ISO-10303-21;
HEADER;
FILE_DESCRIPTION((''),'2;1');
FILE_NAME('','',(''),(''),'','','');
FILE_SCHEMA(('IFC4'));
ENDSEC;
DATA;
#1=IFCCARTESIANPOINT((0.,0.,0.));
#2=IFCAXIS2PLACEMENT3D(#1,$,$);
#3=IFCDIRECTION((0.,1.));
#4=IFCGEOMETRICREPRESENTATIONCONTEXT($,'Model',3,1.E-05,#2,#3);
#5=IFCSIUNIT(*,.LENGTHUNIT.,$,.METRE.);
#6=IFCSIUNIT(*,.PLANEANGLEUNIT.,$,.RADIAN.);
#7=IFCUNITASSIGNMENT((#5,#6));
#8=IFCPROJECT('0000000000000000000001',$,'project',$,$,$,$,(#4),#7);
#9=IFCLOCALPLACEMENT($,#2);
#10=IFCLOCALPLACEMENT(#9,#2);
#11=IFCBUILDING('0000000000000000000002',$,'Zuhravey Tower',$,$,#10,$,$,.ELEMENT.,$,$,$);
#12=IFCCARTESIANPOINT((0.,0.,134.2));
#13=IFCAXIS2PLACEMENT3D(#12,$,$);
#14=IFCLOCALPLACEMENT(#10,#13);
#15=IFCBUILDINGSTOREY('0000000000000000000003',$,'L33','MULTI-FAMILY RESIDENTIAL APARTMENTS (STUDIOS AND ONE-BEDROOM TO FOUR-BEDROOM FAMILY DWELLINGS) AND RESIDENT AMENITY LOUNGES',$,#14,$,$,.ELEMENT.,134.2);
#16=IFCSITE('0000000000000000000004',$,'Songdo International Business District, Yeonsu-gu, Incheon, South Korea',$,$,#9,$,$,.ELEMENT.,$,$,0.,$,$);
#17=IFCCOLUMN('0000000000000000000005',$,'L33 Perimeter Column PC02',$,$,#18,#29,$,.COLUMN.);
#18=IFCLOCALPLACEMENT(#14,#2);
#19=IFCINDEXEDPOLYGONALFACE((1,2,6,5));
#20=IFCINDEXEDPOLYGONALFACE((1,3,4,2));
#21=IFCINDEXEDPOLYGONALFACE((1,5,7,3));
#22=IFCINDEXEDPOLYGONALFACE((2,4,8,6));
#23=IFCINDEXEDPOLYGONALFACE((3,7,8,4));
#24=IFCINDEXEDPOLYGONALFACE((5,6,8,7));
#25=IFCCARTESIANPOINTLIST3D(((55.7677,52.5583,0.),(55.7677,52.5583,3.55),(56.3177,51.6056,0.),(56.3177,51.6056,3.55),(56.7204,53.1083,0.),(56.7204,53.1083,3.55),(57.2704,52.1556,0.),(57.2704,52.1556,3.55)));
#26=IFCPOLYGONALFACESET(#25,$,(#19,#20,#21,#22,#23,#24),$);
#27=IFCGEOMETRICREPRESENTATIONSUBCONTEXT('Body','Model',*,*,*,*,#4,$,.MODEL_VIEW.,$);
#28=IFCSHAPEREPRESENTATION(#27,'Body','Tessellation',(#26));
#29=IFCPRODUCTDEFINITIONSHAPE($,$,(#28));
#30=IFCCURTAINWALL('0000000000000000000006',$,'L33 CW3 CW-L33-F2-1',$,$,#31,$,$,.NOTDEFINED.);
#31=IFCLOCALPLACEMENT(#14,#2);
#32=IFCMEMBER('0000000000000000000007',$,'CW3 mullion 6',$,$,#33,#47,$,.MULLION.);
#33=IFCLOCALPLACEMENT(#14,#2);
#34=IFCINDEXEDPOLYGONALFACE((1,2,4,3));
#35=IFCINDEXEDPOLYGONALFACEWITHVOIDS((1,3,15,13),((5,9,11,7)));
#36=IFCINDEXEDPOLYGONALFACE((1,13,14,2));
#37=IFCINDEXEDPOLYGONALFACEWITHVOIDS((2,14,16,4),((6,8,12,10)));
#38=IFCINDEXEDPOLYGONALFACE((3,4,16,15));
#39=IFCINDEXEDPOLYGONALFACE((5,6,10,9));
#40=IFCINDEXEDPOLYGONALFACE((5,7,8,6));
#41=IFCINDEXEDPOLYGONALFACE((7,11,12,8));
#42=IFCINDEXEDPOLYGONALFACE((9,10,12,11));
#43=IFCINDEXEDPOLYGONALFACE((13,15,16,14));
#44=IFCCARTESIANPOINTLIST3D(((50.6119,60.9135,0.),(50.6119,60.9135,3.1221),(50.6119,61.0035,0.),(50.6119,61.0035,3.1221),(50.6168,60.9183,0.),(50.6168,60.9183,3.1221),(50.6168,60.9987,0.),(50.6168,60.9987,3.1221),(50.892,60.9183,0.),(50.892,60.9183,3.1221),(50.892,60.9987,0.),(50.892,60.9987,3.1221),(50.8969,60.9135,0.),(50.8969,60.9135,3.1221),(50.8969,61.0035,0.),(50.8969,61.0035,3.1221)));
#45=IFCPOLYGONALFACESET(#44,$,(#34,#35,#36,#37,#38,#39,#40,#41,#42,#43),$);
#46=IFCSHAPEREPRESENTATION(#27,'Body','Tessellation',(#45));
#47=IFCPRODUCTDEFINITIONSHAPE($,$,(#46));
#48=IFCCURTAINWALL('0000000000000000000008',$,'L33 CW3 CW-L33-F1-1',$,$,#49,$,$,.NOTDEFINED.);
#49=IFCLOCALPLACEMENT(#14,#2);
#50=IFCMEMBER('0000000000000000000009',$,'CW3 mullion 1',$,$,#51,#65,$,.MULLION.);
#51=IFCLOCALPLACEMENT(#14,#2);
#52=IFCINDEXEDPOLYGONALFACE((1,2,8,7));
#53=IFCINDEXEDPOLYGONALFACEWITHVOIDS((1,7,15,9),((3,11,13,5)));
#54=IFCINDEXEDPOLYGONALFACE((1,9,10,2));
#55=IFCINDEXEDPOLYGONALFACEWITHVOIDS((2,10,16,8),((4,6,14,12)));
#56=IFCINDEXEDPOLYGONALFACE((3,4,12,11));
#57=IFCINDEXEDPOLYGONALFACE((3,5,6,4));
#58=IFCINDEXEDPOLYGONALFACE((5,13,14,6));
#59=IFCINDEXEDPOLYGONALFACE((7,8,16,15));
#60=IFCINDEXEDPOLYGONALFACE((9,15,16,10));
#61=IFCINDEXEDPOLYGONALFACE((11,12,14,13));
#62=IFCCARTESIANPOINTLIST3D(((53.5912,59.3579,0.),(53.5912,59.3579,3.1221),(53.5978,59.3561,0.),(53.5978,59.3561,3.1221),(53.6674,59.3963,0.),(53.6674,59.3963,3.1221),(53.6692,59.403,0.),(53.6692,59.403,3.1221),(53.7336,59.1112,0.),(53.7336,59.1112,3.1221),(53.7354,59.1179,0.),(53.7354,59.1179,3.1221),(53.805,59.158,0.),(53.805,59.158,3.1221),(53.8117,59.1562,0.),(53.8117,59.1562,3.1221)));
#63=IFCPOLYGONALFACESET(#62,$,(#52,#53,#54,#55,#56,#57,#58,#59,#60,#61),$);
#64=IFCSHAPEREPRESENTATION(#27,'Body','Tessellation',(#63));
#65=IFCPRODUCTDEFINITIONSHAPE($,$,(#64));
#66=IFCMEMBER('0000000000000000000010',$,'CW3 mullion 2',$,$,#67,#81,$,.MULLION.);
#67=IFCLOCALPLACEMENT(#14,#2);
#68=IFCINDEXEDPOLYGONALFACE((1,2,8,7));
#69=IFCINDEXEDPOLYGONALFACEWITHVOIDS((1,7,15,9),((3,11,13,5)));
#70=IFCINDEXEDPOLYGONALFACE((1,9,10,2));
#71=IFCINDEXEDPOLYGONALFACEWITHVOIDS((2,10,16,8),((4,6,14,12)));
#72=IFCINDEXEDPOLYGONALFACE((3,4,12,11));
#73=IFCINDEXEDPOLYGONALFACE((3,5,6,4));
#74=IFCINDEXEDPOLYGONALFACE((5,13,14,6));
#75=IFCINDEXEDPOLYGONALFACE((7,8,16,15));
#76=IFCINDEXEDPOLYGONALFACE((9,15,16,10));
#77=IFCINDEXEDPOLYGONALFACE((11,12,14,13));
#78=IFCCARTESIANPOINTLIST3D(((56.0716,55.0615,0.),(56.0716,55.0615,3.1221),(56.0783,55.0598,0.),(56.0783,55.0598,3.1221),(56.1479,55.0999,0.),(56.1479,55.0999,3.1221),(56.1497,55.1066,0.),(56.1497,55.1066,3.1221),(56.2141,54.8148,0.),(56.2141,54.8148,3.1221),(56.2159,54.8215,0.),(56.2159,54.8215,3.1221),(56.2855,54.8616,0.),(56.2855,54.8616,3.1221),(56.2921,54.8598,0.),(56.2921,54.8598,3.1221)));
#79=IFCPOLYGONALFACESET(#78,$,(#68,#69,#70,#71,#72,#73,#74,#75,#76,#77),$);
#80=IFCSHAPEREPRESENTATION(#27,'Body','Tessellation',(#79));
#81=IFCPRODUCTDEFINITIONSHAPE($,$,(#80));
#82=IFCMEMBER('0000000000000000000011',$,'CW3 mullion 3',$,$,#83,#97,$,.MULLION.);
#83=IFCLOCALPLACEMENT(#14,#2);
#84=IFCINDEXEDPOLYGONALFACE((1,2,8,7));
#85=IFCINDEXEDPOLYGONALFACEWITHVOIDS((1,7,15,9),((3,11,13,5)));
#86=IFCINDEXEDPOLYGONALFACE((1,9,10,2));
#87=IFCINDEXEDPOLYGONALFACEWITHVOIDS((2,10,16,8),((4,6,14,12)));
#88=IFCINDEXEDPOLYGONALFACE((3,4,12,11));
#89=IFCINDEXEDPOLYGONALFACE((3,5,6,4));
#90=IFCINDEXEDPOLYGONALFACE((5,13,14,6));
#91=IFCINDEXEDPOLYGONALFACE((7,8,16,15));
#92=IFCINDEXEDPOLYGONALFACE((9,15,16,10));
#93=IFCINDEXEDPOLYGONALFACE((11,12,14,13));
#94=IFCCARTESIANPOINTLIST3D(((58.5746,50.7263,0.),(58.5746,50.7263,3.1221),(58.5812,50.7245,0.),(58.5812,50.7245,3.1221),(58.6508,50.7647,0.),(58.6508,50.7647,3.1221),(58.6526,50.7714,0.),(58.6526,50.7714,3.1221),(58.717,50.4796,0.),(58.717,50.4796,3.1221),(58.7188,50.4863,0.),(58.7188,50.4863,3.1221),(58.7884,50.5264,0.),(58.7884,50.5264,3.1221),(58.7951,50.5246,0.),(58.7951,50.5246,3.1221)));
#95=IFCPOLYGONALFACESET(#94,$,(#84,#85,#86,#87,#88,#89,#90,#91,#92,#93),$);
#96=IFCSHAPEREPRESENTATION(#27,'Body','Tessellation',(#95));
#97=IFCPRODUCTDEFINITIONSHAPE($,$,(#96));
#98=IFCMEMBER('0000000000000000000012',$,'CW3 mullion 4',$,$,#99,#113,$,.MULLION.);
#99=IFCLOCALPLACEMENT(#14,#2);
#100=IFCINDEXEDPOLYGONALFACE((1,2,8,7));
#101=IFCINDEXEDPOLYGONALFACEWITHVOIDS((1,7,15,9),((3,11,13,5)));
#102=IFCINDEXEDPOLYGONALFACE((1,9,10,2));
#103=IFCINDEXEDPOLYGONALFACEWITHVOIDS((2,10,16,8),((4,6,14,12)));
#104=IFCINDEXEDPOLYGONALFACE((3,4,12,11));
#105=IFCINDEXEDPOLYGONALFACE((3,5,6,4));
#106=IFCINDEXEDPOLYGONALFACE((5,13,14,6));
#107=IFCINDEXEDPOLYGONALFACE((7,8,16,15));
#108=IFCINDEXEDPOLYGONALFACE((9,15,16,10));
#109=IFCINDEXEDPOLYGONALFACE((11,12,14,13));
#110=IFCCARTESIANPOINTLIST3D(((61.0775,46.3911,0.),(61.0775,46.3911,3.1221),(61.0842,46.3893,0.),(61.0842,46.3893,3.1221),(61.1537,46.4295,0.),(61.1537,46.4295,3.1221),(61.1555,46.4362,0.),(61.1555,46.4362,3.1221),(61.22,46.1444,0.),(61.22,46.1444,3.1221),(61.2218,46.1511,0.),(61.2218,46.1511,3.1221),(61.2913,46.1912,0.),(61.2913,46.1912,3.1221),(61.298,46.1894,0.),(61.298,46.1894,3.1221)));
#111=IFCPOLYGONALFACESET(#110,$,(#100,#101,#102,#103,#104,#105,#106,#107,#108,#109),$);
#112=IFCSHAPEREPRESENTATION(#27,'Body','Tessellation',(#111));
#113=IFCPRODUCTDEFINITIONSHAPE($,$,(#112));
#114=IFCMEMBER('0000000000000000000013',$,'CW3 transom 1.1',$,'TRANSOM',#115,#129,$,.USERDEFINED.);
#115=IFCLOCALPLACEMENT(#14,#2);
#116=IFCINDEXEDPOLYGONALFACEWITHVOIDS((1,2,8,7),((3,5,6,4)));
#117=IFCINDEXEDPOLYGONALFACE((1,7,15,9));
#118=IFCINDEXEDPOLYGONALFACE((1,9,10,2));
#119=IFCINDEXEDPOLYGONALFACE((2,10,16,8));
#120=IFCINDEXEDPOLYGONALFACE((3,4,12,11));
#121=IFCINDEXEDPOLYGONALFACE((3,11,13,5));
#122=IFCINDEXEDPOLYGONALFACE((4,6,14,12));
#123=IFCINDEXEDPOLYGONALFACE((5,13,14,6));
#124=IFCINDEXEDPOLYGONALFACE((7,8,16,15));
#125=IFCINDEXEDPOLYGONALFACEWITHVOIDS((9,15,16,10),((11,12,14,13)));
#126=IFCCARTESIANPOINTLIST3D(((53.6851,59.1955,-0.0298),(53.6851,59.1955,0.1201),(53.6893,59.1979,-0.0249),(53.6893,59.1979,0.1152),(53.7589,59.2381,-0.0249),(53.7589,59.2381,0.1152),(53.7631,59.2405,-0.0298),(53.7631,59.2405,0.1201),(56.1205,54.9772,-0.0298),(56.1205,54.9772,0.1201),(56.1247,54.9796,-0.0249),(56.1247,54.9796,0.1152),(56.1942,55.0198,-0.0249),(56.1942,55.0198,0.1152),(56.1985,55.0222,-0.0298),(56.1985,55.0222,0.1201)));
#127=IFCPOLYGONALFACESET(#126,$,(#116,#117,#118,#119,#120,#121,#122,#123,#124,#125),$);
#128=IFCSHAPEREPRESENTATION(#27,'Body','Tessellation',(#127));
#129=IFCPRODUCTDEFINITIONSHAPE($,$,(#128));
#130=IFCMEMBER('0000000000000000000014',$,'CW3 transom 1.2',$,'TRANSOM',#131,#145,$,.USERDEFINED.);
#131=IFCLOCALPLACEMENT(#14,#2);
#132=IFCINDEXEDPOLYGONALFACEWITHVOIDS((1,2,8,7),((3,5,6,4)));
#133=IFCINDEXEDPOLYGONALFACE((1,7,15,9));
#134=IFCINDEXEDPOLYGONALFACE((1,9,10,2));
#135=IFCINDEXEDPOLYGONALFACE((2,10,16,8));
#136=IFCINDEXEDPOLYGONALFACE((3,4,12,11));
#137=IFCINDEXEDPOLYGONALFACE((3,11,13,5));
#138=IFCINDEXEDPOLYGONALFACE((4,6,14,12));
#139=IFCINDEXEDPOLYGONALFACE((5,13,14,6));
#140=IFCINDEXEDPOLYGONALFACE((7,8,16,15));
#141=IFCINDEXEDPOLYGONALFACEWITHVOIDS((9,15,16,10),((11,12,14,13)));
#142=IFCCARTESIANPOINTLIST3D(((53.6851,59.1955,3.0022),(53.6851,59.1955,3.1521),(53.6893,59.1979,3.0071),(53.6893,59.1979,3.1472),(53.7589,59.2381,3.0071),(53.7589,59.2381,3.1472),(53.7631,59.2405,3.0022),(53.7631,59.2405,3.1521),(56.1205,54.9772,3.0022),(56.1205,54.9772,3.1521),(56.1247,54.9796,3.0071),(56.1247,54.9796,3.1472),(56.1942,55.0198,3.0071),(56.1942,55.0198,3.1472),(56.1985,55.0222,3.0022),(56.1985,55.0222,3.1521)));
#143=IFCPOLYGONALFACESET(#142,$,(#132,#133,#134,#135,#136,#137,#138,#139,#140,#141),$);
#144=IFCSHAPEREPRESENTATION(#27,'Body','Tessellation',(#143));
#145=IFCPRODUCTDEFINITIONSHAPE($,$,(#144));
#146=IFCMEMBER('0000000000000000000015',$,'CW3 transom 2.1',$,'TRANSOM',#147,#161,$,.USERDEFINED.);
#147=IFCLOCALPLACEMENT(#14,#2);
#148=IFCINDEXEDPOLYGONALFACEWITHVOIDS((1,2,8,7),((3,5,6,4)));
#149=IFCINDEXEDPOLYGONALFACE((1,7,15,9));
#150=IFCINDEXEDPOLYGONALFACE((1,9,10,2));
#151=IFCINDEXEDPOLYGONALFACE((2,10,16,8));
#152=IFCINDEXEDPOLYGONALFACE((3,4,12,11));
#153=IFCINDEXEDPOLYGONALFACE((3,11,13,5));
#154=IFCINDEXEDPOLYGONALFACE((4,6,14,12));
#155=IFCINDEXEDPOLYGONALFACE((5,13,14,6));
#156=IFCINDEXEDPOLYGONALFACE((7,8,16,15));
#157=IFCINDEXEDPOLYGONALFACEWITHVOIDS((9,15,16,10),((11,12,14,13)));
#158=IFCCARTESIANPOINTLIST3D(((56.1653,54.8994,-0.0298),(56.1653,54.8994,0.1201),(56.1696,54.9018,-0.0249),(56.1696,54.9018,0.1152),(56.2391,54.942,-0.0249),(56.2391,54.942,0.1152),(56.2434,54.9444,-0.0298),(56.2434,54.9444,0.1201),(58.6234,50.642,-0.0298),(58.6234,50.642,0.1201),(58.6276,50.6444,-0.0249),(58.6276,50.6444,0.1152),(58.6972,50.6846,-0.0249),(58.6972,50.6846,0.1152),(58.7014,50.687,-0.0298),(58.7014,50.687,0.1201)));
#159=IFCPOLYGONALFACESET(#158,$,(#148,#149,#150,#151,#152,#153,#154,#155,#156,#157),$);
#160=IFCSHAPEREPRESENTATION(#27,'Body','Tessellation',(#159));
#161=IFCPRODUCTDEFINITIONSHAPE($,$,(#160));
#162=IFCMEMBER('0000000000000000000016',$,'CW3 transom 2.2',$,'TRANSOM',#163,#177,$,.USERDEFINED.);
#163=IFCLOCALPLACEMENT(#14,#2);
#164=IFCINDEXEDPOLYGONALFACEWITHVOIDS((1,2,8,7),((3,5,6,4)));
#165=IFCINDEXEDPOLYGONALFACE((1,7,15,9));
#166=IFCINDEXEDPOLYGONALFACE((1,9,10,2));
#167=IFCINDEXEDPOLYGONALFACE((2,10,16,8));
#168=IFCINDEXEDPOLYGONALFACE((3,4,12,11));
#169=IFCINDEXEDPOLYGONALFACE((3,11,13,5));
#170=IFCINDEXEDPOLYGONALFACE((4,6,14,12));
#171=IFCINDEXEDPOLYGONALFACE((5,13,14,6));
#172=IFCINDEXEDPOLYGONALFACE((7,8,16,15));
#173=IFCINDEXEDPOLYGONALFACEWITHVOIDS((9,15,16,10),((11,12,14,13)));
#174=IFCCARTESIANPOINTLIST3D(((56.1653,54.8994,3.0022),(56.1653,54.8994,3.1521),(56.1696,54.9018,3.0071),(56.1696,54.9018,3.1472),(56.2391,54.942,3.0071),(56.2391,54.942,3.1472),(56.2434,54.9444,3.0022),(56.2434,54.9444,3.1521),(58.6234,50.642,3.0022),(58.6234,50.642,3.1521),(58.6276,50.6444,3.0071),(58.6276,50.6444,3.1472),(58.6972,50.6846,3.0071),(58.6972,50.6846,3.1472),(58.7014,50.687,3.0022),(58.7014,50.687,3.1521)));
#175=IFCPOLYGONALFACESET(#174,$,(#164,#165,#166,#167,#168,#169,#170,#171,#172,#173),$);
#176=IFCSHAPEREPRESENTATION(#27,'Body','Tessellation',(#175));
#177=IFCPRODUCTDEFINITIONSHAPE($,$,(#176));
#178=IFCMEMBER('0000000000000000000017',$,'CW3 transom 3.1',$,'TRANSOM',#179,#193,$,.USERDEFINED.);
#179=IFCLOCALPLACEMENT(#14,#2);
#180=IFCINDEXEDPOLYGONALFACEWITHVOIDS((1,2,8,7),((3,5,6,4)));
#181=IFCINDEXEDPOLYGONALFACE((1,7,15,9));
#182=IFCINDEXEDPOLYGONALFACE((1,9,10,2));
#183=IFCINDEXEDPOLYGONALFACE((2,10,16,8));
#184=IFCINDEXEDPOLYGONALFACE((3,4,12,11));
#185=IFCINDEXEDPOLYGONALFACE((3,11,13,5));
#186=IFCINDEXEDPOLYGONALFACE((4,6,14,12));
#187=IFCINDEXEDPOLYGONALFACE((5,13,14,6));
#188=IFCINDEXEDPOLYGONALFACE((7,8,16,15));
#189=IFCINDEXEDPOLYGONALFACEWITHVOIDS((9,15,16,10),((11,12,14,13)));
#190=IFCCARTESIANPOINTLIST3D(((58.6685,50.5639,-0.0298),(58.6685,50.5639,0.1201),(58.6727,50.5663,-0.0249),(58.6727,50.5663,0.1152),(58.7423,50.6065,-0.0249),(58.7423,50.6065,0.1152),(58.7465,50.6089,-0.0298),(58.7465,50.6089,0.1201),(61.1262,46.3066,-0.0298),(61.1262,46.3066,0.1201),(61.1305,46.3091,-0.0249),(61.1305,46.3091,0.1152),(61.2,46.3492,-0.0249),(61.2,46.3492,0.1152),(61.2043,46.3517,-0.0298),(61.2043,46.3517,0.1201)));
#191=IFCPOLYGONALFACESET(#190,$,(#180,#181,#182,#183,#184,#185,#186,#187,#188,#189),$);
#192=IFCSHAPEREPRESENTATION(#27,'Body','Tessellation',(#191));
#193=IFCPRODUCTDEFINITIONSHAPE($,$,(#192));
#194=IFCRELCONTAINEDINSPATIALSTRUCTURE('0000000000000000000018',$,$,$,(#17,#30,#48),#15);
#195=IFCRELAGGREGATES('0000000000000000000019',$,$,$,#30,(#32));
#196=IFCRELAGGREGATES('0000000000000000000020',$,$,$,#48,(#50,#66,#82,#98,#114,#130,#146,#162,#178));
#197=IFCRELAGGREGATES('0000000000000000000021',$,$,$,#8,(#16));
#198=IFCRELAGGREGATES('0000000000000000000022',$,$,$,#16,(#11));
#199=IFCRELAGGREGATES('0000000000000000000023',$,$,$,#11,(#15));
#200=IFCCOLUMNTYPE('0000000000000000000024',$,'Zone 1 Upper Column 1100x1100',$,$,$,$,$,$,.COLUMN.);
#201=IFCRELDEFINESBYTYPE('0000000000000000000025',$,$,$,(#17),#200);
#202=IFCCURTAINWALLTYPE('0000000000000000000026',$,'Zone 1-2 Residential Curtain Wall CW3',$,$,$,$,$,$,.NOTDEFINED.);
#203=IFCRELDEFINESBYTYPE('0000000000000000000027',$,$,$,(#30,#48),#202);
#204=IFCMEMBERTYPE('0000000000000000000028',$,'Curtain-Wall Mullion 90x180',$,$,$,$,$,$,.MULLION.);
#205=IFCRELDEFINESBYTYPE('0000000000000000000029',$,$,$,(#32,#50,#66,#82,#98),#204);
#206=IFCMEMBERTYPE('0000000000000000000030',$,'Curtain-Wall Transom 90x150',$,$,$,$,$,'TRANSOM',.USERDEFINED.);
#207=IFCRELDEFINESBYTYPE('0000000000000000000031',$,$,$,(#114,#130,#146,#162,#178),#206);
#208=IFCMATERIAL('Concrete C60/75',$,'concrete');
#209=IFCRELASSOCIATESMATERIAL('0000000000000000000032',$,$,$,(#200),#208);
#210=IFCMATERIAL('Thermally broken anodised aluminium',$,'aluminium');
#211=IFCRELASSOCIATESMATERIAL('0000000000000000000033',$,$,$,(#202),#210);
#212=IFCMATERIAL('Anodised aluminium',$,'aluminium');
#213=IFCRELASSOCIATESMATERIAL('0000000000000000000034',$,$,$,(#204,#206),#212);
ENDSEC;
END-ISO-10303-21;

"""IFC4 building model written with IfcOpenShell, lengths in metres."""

from ifc_helpers import new_model, si_unit, direction, frame, origin, origin_2d, place, context, subcontext, project, spatial, rectangle, hollow_rectangle, extrude, material, material_profile, profile_set, type_object, element, aggregate, save


model = new_model("IFC4")

# Units and contexts
model_context = context("Model", 3, precision=1e-05, world=origin(), true_north=direction((0.0, 1.0)))
body_context = subcontext(model_context, "Body", "Model", "MODEL_VIEW")
ifc_project = project(units=[si_unit("LENGTHUNIT", "METRE"), si_unit("PLANEANGLEUNIT", "RADIAN")], contexts=[model_context])

# Site, building, storey
site_placement = place(None, origin())
site = spatial("IfcSite", under=ifc_project, at=site_placement, Name="Songdo International Business District, Yeonsu-gu, Incheon, South Korea", CompositionType="ELEMENT", RefElevation=0.0)
building_placement = place(site_placement, origin())
building = spatial("IfcBuilding", under=site, at=building_placement, Name="Zuhravey Tower", CompositionType="ELEMENT")
storey_placement = place(building_placement, frame((0.0, 0.0, 134.2)))
storey = spatial("IfcBuildingStorey", under=building, at=storey_placement, Name="L33", Description="MULTI-FAMILY RESIDENTIAL APARTMENTS (STUDIOS AND ONE-BEDROOM TO FOUR-BEDROOM FAMILY DWELLINGS) AND RESIDENT AMENITY LOUNGES", CompositionType="ELEMENT", Elevation=134.2)

# Column
ifc_material_1 = material(Name="Concrete C60/75", Category="concrete")
ifc_material_profile_1 = material_profile(ifc_material_1, rectangle(XDim=1.1001, YDim=1.1001, at=origin_2d()), Name="RC-1100x1100")
ifc_profile_set_1 = profile_set([ifc_material_profile_1], Name="Concrete C60/75")
column_type = type_object("IfcColumnType", Name="Zone 1 Upper Column 1100x1100", PredefinedType="COLUMN", material=ifc_profile_set_1)
column_placement = place(storey_placement, frame((56.519, 52.3569, 0.0), z_axis=(0.0, 0.0, 1.0), x_axis=(-0.5, 0.866025, 0.0)))
element("IfcColumn", 1, at=column_placement, inside=storey, type_object=column_type, Name="L33 Perimeter Column PC02", PredefinedType="COLUMN", context=body_context, shape_type="SweptSolid", body=[
    extrude(rectangle(XDim=1.1001, YDim=1.1001, at=origin_2d()), origin(), (0.0, 0.0, 1.0), 3.55),
])

# Curtain wall, member
ifc_material_2 = material(Name="Thermally broken anodised aluminium", Category="aluminium")
curtain_wall_type = type_object("IfcCurtainWallType", Name="Zone 1-2 Residential Curtain Wall CW3", PredefinedType="NOTDEFINED", material=ifc_material_2)
curtain_wall_1_placement = place(storey_placement, origin())
curtain_wall_1 = element("IfcCurtainWall", 2, at=curtain_wall_1_placement, inside=storey, type_object=curtain_wall_type, Name="L33 CW3 CW-L33-F2-1", PredefinedType="NOTDEFINED")
ifc_material_3 = material(Name="Anodised aluminium", Category="aluminium")
ifc_material_profile_2 = material_profile(ifc_material_3, hollow_rectangle(XDim=0.0901, YDim=0.2849, WallThickness=0.0049, at=origin_2d()), Name="ALU-RHS-90x285x5")
ifc_profile_set_2 = profile_set([ifc_material_profile_2], Name="Anodised aluminium")
member_type_1 = type_object("IfcMemberType", Name="Curtain-Wall Mullion 90x180", PredefinedType="MULLION", material=ifc_profile_set_2)
member_1_placement = place(storey_placement, frame((50.7544, 60.9585, 0.0), z_axis=(0.0, 0.0, 1.0), x_axis=(0.0, 1.0, 0.0)))
member_1 = element("IfcMember", 3, at=member_1_placement, type_object=member_type_1, Name="CW3 mullion 6", PredefinedType="MULLION", context=body_context, shape_type="SweptSolid", body=[
    extrude(hollow_rectangle(XDim=0.0901, YDim=0.2849, WallThickness=0.0049, at=origin_2d()), origin(), (0.0, 0.0, 1.0), 3.1221),
])

# Curtain wall, members
curtain_wall_2_placement = place(storey_placement, origin())
curtain_wall_2 = element("IfcCurtainWall", 4, at=curtain_wall_2_placement, inside=storey, type_object=curtain_wall_type, Name="L33 CW3 CW-L33-F1-1", PredefinedType="NOTDEFINED")
member_2_placement = place(storey_placement, frame((53.7014, 59.2571, 0.0), z_axis=(0.0, 0.0, 1.0), x_axis=(0.866026, 0.499999, 0.0)))
member_2 = element("IfcMember", 5, at=member_2_placement, type_object=member_type_1, Name="CW3 mullion 1", PredefinedType="MULLION", context=body_context, shape_type="SweptSolid", body=[
    extrude(hollow_rectangle(XDim=0.0901, YDim=0.2849, WallThickness=0.0049, at=origin_2d()), origin(), (0.0, 0.0, 1.0), 3.1221),
])
member_3_placement = place(storey_placement, frame((56.1819, 54.9607, 0.0), z_axis=(0.0, 0.0, 1.0), x_axis=(0.866026, 0.499999, 0.0)))
member_3 = element("IfcMember", 6, at=member_3_placement, type_object=member_type_1, Name="CW3 mullion 2", PredefinedType="MULLION", context=body_context, shape_type="SweptSolid", body=[
    extrude(hollow_rectangle(XDim=0.0901, YDim=0.2849, WallThickness=0.0049, at=origin_2d()), origin(), (0.0, 0.0, 1.0), 3.1221),
])
member_4_placement = place(storey_placement, frame((58.6848, 50.6255, 0.0), z_axis=(0.0, 0.0, 1.0), x_axis=(0.866026, 0.499999, 0.0)))
member_4 = element("IfcMember", 7, at=member_4_placement, type_object=member_type_1, Name="CW3 mullion 3", PredefinedType="MULLION", context=body_context, shape_type="SweptSolid", body=[
    extrude(hollow_rectangle(XDim=0.0901, YDim=0.2849, WallThickness=0.0049, at=origin_2d()), origin(), (0.0, 0.0, 1.0), 3.1221),
])
member_5_placement = place(storey_placement, frame((61.1877, 46.2903, 0.0), z_axis=(0.0, 0.0, 1.0), x_axis=(0.866026, 0.499999, 0.0)))
member_5 = element("IfcMember", 8, at=member_5_placement, type_object=member_type_1, Name="CW3 mullion 4", PredefinedType="MULLION", context=body_context, shape_type="SweptSolid", body=[
    extrude(hollow_rectangle(XDim=0.0901, YDim=0.2849, WallThickness=0.0049, at=origin_2d()), origin(), (0.0, 0.0, 1.0), 3.1221),
])
ifc_material_profile_3 = material_profile(ifc_material_3, hollow_rectangle(XDim=0.0901, YDim=0.1499, WallThickness=0.0049, at=origin_2d()), Name="ALU-RHS-90x150x5")
ifc_profile_set_3 = profile_set([ifc_material_profile_3], Name="Anodised aluminium")
member_type_2 = type_object("IfcMemberType", Name="Curtain-Wall Transom 90x150", ElementType="TRANSOM", PredefinedType="USERDEFINED", material=ifc_profile_set_3)
member_6_placement = place(storey_placement, frame((53.7241, 59.218, 0.0452), z_axis=(0.499983, -0.866035, 0.0), x_axis=(0.866035, 0.499983, 0.0)))
member_6 = element("IfcMember", 9, at=member_6_placement, type_object=member_type_2, Name="CW3 transom 1.1", ObjectType="TRANSOM", PredefinedType="USERDEFINED", context=body_context, shape_type="SweptSolid", body=[
    extrude(hollow_rectangle(XDim=0.0901, YDim=0.1499, WallThickness=0.0049, at=origin_2d()), origin(), (0.0, 0.0, 1.0), 4.8708),
])
member_7_placement = place(storey_placement, frame((53.7241, 59.218, 3.0771), z_axis=(0.499983, -0.866035, 0.0), x_axis=(0.866035, 0.499983, 0.0)))
member_7 = element("IfcMember", 10, at=member_7_placement, type_object=member_type_2, Name="CW3 transom 1.2", ObjectType="TRANSOM", PredefinedType="USERDEFINED", context=body_context, shape_type="SweptSolid", body=[
    extrude(hollow_rectangle(XDim=0.0901, YDim=0.1499, WallThickness=0.0049, at=origin_2d()), origin(), (0.0, 0.0, 1.0), 4.8708),
])
member_8_placement = place(storey_placement, frame((56.2043, 54.9219, 0.0452), z_axis=(0.500006, -0.866022, 0.0), x_axis=(0.866022, 0.500006, 0.0)))
member_8 = element("IfcMember", 11, at=member_8_placement, type_object=member_type_2, Name="CW3 transom 2.1", ObjectType="TRANSOM", PredefinedType="USERDEFINED", context=body_context, shape_type="SweptSolid", body=[
    extrude(hollow_rectangle(XDim=0.0901, YDim=0.1499, WallThickness=0.0049, at=origin_2d()), origin(), (0.0, 0.0, 1.0), 4.916),
])
member_9_placement = place(storey_placement, frame((56.2043, 54.9219, 3.0771), z_axis=(0.500006, -0.866022, 0.0), x_axis=(0.866022, 0.500006, 0.0)))
member_9 = element("IfcMember", 12, at=member_9_placement, type_object=member_type_2, Name="CW3 transom 2.2", ObjectType="TRANSOM", PredefinedType="USERDEFINED", context=body_context, shape_type="SweptSolid", body=[
    extrude(hollow_rectangle(XDim=0.0901, YDim=0.1499, WallThickness=0.0049, at=origin_2d()), origin(), (0.0, 0.0, 1.0), 4.916),
])
member_10_placement = place(storey_placement, frame((58.7075, 50.5864, 0.0452), z_axis=(0.499969, -0.866043, 0.0), x_axis=(0.866043, 0.499969, 0.0)))
member_10 = element("IfcMember", 13, at=member_10_placement, type_object=member_type_2, Name="CW3 transom 3.1", ObjectType="TRANSOM", PredefinedType="USERDEFINED", context=body_context, shape_type="SweptSolid", body=[
    extrude(hollow_rectangle(XDim=0.0901, YDim=0.1499, WallThickness=0.0049, at=origin_2d()), origin(), (0.0, 0.0, 1.0), 4.9158),
])

aggregate(curtain_wall_1, [member_1])
aggregate(curtain_wall_2, [member_2, member_3, member_4, member_5, member_6, member_7, member_8, member_9, member_10])

save(model, "model.ifc")
